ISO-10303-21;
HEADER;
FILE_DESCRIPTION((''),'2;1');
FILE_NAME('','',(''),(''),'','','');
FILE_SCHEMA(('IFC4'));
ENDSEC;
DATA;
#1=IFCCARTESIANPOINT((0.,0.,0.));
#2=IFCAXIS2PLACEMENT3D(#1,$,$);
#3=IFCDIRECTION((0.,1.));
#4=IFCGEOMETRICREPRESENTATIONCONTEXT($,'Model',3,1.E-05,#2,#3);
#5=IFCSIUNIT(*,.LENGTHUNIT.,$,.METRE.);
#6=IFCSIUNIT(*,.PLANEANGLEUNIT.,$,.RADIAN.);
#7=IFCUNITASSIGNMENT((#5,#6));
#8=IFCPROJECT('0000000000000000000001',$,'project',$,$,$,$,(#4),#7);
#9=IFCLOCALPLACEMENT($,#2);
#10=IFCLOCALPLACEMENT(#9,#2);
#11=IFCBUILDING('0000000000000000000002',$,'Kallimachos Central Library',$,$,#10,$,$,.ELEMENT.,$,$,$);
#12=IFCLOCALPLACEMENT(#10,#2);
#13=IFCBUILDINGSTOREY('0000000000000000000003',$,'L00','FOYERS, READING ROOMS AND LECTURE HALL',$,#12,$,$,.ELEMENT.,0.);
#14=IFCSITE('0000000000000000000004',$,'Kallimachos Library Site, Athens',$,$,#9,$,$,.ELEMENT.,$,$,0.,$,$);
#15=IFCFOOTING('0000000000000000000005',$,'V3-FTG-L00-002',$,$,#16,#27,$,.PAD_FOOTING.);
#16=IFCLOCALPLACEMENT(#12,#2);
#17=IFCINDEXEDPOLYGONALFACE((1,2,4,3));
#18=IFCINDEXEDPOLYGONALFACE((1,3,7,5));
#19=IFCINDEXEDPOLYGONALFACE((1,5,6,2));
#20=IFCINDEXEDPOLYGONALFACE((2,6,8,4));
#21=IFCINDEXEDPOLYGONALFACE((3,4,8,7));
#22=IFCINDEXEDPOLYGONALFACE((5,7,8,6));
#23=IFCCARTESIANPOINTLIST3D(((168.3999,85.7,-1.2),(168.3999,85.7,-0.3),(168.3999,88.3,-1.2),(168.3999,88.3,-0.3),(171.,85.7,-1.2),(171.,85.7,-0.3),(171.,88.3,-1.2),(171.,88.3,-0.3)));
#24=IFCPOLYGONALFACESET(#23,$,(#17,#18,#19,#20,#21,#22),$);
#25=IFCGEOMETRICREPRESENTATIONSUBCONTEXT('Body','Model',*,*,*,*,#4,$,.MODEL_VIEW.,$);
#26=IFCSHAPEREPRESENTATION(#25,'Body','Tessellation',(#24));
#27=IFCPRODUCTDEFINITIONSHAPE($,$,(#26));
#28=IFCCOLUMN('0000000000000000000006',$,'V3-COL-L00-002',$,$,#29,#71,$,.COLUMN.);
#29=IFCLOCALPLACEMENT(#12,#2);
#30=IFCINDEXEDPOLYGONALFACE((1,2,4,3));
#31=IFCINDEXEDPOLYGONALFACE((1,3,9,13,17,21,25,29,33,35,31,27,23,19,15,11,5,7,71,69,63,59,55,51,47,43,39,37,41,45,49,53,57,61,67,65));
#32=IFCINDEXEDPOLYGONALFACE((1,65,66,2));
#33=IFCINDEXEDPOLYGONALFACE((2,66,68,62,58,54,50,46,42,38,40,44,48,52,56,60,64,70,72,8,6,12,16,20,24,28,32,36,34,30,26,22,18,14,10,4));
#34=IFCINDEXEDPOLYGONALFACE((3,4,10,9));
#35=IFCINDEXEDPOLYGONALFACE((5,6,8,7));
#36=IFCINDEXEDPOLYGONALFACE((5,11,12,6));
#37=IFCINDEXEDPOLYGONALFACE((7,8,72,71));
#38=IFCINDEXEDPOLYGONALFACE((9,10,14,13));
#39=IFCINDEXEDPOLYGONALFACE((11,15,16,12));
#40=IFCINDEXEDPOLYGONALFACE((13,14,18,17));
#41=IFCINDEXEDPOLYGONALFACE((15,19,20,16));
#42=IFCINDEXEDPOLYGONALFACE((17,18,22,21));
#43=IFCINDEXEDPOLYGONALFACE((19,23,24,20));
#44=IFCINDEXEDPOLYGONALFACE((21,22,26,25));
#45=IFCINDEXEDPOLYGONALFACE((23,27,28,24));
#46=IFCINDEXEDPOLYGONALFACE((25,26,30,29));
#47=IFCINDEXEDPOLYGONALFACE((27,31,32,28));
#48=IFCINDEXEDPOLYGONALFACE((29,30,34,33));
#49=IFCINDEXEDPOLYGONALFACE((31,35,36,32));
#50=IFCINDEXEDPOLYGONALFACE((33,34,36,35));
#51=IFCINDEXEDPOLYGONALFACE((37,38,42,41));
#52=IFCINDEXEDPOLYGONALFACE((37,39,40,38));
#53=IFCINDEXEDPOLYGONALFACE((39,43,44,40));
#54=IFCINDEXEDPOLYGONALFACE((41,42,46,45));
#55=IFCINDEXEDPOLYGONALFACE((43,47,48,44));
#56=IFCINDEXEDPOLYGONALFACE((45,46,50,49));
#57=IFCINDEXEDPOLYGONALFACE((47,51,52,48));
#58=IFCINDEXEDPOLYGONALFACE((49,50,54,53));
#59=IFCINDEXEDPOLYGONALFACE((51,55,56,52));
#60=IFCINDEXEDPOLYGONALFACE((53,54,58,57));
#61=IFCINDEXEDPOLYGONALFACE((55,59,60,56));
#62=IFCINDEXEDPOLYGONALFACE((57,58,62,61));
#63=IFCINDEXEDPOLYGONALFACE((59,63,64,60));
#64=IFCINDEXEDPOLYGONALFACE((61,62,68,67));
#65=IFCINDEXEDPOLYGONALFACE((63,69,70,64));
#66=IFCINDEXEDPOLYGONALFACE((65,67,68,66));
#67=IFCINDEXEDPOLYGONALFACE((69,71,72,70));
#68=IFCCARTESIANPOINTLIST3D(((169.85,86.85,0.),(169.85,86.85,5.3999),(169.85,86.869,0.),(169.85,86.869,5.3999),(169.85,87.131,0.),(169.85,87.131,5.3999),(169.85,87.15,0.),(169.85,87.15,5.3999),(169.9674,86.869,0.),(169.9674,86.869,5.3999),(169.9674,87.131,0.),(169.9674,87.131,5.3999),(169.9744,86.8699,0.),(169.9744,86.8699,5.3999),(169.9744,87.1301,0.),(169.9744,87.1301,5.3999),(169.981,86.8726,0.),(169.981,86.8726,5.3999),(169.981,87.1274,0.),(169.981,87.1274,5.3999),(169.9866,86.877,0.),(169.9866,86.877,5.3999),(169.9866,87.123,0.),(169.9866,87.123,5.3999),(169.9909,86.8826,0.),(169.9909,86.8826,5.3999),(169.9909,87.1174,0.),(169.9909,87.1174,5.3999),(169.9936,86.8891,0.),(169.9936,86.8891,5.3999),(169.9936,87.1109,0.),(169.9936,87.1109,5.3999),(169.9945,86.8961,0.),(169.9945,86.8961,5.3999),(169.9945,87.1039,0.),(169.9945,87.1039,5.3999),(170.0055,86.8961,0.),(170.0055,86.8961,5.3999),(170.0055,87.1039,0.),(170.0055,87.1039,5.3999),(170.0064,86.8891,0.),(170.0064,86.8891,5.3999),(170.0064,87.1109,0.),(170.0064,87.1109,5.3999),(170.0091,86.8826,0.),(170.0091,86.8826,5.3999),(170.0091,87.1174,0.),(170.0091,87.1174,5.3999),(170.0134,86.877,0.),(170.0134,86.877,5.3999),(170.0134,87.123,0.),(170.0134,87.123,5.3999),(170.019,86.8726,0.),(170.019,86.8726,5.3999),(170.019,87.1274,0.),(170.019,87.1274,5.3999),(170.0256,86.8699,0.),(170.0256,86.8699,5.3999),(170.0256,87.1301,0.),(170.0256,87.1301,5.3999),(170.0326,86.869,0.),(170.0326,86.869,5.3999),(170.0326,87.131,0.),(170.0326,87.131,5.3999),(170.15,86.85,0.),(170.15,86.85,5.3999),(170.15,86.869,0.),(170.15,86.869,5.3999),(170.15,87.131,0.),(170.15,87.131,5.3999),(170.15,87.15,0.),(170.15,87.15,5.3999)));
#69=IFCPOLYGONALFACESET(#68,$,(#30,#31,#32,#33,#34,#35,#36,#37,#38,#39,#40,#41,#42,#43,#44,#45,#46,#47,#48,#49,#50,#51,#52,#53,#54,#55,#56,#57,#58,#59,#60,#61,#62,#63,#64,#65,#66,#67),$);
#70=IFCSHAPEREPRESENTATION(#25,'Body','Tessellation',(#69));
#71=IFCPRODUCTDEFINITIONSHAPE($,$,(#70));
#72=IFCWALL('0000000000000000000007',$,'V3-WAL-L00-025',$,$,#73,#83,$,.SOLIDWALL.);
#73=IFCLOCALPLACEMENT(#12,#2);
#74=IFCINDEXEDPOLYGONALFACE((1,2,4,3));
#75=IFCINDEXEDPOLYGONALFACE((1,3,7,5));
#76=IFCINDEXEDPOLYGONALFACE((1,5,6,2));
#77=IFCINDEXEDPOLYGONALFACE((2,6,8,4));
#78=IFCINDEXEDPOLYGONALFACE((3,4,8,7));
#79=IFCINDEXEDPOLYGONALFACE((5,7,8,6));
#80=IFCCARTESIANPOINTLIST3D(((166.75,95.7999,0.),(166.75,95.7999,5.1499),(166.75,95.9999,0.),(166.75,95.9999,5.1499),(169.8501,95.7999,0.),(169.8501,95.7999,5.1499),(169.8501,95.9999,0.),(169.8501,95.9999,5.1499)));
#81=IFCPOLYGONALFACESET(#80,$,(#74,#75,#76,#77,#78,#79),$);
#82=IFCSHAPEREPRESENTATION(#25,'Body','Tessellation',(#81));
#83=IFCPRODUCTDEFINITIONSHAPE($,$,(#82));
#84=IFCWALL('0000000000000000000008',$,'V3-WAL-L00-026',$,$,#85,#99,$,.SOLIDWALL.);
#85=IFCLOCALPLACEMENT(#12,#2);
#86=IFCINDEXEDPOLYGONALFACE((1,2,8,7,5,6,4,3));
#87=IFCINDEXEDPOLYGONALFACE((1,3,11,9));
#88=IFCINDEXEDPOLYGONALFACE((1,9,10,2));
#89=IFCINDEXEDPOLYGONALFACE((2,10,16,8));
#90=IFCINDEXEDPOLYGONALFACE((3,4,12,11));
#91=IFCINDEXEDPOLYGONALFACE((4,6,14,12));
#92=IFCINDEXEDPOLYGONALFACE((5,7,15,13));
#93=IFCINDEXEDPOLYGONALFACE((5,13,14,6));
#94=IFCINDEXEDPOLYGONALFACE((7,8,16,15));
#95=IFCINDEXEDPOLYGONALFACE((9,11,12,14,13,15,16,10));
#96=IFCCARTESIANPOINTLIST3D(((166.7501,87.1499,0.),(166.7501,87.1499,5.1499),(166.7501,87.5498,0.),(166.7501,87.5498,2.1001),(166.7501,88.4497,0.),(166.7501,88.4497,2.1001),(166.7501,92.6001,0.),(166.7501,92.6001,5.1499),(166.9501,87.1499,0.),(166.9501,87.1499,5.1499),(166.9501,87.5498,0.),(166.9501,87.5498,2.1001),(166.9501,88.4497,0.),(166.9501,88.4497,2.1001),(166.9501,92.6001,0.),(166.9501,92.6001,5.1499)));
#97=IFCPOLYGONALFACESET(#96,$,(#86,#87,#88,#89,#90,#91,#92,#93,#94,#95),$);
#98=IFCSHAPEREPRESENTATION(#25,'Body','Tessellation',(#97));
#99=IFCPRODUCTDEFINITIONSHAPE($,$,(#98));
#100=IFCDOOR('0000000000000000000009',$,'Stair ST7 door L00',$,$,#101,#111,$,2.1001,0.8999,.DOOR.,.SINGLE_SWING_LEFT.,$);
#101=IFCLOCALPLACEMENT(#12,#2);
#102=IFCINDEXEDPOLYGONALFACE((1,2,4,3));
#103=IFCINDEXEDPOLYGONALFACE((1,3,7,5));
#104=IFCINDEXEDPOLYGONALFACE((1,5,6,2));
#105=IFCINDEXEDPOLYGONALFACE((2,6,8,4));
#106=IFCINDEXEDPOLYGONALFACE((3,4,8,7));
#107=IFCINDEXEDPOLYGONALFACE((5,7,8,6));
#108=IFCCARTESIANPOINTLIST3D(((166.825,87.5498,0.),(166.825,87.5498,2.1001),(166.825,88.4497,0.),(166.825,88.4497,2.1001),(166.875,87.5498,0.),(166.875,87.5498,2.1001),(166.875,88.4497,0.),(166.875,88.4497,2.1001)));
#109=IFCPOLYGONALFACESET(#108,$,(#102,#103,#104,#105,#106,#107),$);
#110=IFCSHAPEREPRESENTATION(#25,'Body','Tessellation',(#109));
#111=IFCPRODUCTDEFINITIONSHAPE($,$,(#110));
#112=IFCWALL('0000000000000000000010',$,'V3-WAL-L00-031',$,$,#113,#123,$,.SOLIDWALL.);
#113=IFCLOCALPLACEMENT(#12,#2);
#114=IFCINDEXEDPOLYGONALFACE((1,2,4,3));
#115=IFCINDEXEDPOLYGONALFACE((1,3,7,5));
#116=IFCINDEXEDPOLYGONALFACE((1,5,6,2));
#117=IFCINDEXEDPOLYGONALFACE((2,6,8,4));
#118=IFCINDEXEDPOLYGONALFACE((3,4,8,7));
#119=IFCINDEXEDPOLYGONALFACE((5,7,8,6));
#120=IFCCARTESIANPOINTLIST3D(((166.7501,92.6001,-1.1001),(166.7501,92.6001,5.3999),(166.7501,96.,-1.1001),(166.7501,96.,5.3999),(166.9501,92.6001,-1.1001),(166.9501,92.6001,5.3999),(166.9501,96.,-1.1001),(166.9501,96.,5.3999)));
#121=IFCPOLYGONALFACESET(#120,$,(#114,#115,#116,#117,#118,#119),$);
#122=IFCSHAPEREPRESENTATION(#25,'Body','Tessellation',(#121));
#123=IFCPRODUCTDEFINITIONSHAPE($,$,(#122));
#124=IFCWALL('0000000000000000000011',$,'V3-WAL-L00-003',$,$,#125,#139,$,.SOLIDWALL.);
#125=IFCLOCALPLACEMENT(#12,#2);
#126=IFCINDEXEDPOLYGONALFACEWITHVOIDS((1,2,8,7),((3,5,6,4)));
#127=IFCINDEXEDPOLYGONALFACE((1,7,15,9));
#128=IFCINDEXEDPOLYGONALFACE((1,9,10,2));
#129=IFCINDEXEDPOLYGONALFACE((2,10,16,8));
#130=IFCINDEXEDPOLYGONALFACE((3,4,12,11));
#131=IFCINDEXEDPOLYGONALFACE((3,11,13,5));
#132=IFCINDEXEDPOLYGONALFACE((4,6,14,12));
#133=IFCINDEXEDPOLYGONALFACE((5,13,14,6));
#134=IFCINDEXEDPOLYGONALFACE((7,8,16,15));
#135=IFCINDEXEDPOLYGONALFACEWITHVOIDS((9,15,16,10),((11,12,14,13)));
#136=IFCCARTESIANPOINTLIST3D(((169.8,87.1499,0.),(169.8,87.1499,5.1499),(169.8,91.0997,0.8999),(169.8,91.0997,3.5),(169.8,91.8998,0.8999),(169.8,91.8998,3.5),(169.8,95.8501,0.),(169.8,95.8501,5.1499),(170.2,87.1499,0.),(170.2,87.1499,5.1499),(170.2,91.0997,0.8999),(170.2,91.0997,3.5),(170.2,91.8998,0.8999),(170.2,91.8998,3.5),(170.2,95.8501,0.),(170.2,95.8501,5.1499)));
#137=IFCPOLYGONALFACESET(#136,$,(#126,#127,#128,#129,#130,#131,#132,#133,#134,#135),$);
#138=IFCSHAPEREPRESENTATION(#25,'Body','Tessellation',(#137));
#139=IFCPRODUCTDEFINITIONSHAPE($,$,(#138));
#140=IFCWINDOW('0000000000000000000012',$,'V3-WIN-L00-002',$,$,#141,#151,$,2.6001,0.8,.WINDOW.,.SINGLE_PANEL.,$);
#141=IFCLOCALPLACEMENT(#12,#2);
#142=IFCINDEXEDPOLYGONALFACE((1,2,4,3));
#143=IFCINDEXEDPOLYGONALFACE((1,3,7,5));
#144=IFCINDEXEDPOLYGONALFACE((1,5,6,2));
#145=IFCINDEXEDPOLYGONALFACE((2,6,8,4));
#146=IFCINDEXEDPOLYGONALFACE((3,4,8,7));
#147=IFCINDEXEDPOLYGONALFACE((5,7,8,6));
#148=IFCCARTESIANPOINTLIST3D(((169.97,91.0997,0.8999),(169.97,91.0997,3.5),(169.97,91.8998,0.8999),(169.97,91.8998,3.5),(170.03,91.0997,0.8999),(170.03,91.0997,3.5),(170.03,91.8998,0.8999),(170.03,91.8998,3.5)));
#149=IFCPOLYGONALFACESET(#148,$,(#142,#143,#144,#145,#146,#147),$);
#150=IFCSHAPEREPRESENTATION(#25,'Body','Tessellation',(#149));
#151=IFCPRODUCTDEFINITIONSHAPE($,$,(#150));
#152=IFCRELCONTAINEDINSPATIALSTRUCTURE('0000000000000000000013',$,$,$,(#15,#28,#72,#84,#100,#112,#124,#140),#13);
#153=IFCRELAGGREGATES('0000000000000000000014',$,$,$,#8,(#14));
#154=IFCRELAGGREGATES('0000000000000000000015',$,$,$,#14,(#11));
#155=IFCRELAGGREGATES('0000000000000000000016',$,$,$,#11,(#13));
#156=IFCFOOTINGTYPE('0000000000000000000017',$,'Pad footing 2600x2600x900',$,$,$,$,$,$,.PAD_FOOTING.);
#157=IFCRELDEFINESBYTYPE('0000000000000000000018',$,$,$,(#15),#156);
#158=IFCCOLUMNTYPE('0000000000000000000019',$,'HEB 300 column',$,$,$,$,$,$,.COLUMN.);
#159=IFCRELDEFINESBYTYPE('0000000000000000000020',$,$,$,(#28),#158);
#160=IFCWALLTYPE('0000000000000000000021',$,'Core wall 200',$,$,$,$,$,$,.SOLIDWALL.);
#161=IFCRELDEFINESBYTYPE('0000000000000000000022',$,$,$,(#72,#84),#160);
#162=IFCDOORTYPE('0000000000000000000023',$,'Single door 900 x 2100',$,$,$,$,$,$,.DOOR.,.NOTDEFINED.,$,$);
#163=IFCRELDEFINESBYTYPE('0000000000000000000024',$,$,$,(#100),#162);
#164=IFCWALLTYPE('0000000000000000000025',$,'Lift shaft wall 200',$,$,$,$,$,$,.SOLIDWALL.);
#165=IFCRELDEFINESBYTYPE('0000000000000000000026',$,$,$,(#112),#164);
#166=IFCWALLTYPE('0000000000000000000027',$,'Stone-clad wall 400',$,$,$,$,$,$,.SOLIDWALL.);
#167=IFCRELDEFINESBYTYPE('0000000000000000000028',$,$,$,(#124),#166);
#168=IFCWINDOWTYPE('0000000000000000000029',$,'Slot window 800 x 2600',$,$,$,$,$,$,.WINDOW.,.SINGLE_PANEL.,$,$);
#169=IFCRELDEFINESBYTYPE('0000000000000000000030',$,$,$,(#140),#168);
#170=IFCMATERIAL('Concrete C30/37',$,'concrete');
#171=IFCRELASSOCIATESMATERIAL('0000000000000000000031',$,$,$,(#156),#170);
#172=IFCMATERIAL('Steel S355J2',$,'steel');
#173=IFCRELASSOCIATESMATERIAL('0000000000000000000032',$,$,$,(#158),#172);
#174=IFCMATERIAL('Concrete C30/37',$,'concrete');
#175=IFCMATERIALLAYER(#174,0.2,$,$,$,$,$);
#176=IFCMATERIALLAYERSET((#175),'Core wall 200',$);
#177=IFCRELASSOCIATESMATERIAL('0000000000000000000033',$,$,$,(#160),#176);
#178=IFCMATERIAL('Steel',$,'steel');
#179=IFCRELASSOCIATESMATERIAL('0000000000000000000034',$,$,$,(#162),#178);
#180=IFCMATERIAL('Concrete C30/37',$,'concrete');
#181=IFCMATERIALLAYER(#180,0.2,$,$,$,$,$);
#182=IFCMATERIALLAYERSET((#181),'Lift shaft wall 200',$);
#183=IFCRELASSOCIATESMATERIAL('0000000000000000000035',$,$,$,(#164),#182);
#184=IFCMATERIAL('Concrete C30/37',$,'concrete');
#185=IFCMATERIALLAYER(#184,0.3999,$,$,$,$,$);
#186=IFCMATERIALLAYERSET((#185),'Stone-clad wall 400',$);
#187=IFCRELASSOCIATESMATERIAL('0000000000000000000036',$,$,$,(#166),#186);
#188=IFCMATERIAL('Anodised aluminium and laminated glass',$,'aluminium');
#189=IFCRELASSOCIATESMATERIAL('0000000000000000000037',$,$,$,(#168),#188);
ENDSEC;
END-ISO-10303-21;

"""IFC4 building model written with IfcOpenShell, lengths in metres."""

from ifc_helpers import new_model, si_unit, direction, frame, frame_2d, origin, origin_2d, place, context, subcontext, project, spatial, rectangle, i_section, extrude, material, layer, layer_set, material_profile, profile_set, type_object, element, fill, save


model = new_model("IFC4")

# Units and contexts
model_context = context("Model", 3, precision=1e-05, world=origin(), true_north=direction((0.0, 1.0)))
body_context = subcontext(model_context, "Body", "Model", "MODEL_VIEW")
ifc_project = project(units=[si_unit("LENGTHUNIT", "METRE"), si_unit("PLANEANGLEUNIT", "RADIAN")], contexts=[model_context])

# Site, building, storey
site_placement = place(None, origin())
site = spatial("IfcSite", under=ifc_project, at=site_placement, Name="Kallimachos Library Site, Athens", CompositionType="ELEMENT", RefElevation=0.0)
building_placement = place(site_placement, origin())
building = spatial("IfcBuilding", under=site, at=building_placement, Name="Kallimachos Central Library", CompositionType="ELEMENT")
storey_placement = place(building_placement, origin())
storey = spatial("IfcBuildingStorey", under=building, at=storey_placement, Name="L00", Description="FOYERS, READING ROOMS AND LECTURE HALL", CompositionType="ELEMENT", Elevation=0.0)

# Footing
ifc_material_1 = material(Name="Concrete C30/37", Category="concrete")
footing_type = type_object("IfcFootingType", Name="Pad footing 2600x2600x900", PredefinedType="PAD_FOOTING", material=ifc_material_1)
footing_placement = place(storey_placement, frame((169.7, 87.0, -1.2), z_axis=(0.0, 0.0, 1.0), x_axis=(1.0, 0.0, 0.0)))
element("IfcFooting", 1, at=footing_placement, inside=storey, type_object=footing_type, Name="V3-FTG-L00-002", PredefinedType="PAD_FOOTING", context=body_context, shape_type="SweptSolid", body=[
    extrude(rectangle(XDim=2.6001, YDim=2.6001, at=origin_2d()), origin(), (0.0, 0.0, 1.0), 0.8999),
])

# Column
ifc_material_2 = material(Name="Steel S355J2", Category="steel")
ifc_material_profile = material_profile(ifc_material_2, i_section(OverallWidth=0.3, OverallDepth=0.3, WebThickness=0.011, FlangeThickness=0.019, FilletRadius=0.0271, at=origin_2d()), Name="HEB 300")
ifc_profile_set = profile_set([ifc_material_profile], Name="Steel S355J2")
column_type = type_object("IfcColumnType", Name="HEB 300 column", PredefinedType="COLUMN", material=ifc_profile_set)
column_placement = place(storey_placement, frame((170.0, 87.0, 0.0), z_axis=(0.0, 0.0, 1.0), x_axis=(1.0, 0.0, 0.0)))
element("IfcColumn", 2, at=column_placement, inside=storey, type_object=column_type, Name="V3-COL-L00-002", PredefinedType="COLUMN", context=body_context, shape_type="SweptSolid", body=[
    extrude(i_section(OverallWidth=0.3, OverallDepth=0.3, WebThickness=0.011, FlangeThickness=0.019, FilletRadius=0.0271, at=origin_2d()), origin(), (0.0, 0.0, 1.0), 5.3999),
])

# Wall
ifc_material_3 = material(Name="Concrete C30/37", Category="concrete")
ifc_layer_1 = layer(ifc_material_3, 0.2)
ifc_layer_set_1 = layer_set([ifc_layer_1], Name="Core wall 200")
wall_type_1 = type_object("IfcWallType", Name="Core wall 200", PredefinedType="SOLIDWALL", material=ifc_layer_set_1)
wall_1_placement = place(storey_placement, frame((166.75, 95.8999, 0.0), z_axis=(0.0, 0.0, 1.0), x_axis=(1.0, 0.0, 0.0)))
element("IfcWall", 3, at=wall_1_placement, inside=storey, type_object=wall_type_1, Name="V3-WAL-L00-025", PredefinedType="SOLIDWALL", context=body_context, shape_type="SweptSolid", body=[
    extrude(rectangle(XDim=3.1001, YDim=0.2, at=frame_2d((1.55, 0.0))), origin(), (0.0, 0.0, 1.0), 5.1499),
])

# Wall, opening, door
wall_2_placement = place(storey_placement, frame((166.8501, 87.1499, 0.0), z_axis=(0.0, 0.0, 1.0), x_axis=(0.0, 1.0, 0.0)))
wall_2 = element("IfcWall", 4, at=wall_2_placement, inside=storey, type_object=wall_type_1, Name="V3-WAL-L00-026", PredefinedType="SOLIDWALL", context=body_context, shape_type="SweptSolid", body=[
    extrude(rectangle(XDim=5.4502, YDim=0.2, at=frame_2d((2.7251, 0.0))), origin(), (0.0, 0.0, 1.0), 5.1499),
])
opening_1_placement = place(wall_2_placement, frame((0.3999, 0.0, 0.0)))
opening_1 = element("IfcOpeningElement", 5, at=opening_1_placement, cuts=wall_2, PredefinedType="OPENING", context=body_context, shape_type="SweptSolid", body=[
    extrude(rectangle(XDim=0.8999, YDim=2.1001, at=frame_2d((0.45, 1.05))), frame((0.0, 0.1099, 0.0), z_axis=(0.0, -1.0, 0.0), x_axis=(1.0, 0.0, 0.0)), (0.0, 0.0, 1.0), 0.22),
])
ifc_material_4 = material(Name="Steel", Category="steel")
door_type = type_object("IfcDoorType", Name="Single door 900 x 2100", OperationType="NOTDEFINED", PredefinedType="DOOR", material=ifc_material_4)
door_placement = place(opening_1_placement, frame((0.8999, 0.0, 0.0), z_axis=(0.0, 0.0, 1.0), x_axis=(-1.0, 0.0, 0.0)))
door = element("IfcDoor", 6, at=door_placement, inside=storey, type_object=door_type, Name="Stair ST7 door L00", OperationType="SINGLE_SWING_LEFT", OverallHeight=2.1001, OverallWidth=0.8999, PredefinedType="DOOR", context=body_context, shape_type="SweptSolid", body=[
    extrude(rectangle(XDim=0.8999, YDim=2.1001, at=frame_2d((0.45, 1.05))), frame((0.0, 0.0249, 0.0), z_axis=(0.0, -1.0, 0.0), x_axis=(1.0, 0.0, 0.0)), (0.0, 0.0, 1.0), 0.05),
])
fill(opening_1, door)

# Wall
ifc_material_5 = material(Name="Concrete C30/37", Category="concrete")
ifc_layer_2 = layer(ifc_material_5, 0.2)
ifc_layer_set_2 = layer_set([ifc_layer_2], Name="Lift shaft wall 200")
wall_type_2 = type_object("IfcWallType", Name="Lift shaft wall 200", PredefinedType="SOLIDWALL", material=ifc_layer_set_2)
wall_3_placement = place(storey_placement, frame((166.8501, 92.6001, -1.1001), z_axis=(0.0, 0.0, 1.0), x_axis=(0.0, 1.0, 0.0)))
element("IfcWall", 7, at=wall_3_placement, inside=storey, type_object=wall_type_2, Name="V3-WAL-L00-031", PredefinedType="SOLIDWALL", context=body_context, shape_type="SweptSolid", body=[
    extrude(rectangle(XDim=3.3999, YDim=0.2, at=frame_2d((1.7, 0.0))), origin(), (0.0, 0.0, 1.0), 6.5),
])

# Wall, opening, window
ifc_material_6 = material(Name="Concrete C30/37", Category="concrete")
ifc_layer_3 = layer(ifc_material_6, 0.3999)
ifc_layer_set_3 = layer_set([ifc_layer_3], Name="Stone-clad wall 400")
wall_type_3 = type_object("IfcWallType", Name="Stone-clad wall 400", PredefinedType="SOLIDWALL", material=ifc_layer_set_3)
wall_4_placement = place(storey_placement, frame((170.0, 87.1499, 0.0), z_axis=(0.0, 0.0, 1.0), x_axis=(0.0, 1.0, 0.0)))
wall_4 = element("IfcWall", 8, at=wall_4_placement, inside=storey, type_object=wall_type_3, Name="V3-WAL-L00-003", PredefinedType="SOLIDWALL", context=body_context, shape_type="SweptSolid", body=[
    extrude(rectangle(XDim=8.7002, YDim=0.3999, at=frame_2d((4.3501, 0.0))), origin(), (0.0, 0.0, 1.0), 5.1499),
])
opening_2_placement = place(wall_4_placement, frame((3.95, 0.0, 0.8999)))
opening_2 = element("IfcOpeningElement", 9, at=opening_2_placement, cuts=wall_4, PredefinedType="OPENING", context=body_context, shape_type="SweptSolid", body=[
    extrude(rectangle(XDim=0.8, YDim=2.6001, at=frame_2d((0.3999, 1.3))), frame((0.0, 0.21, 0.0), z_axis=(0.0, -1.0, 0.0), x_axis=(1.0, 0.0, 0.0)), (0.0, 0.0, 1.0), 0.4199),
])
ifc_material_7 = material(Name="Anodised aluminium and laminated glass", Category="aluminium")
window_type = type_object("IfcWindowType", Name="Slot window 800 x 2600", PartitioningType="SINGLE_PANEL", PredefinedType="WINDOW", material=ifc_material_7)
window_placement = place(opening_2_placement, origin())
window = element("IfcWindow", 10, at=window_placement, inside=storey, type_object=window_type, Name="V3-WIN-L00-002", OverallHeight=2.6001, OverallWidth=0.8, PartitioningType="SINGLE_PANEL", PredefinedType="WINDOW", context=body_context, shape_type="SweptSolid", body=[
    extrude(rectangle(XDim=0.8, YDim=2.6001, at=frame_2d((0.3999, 1.3))), frame((0.0, 0.03, 0.0), z_axis=(0.0, -1.0, 0.0), x_axis=(1.0, 0.0, 0.0)), (0.0, 0.0, 1.0), 0.0601),
])
fill(opening_2, window)

save(model, "model.ifc")
